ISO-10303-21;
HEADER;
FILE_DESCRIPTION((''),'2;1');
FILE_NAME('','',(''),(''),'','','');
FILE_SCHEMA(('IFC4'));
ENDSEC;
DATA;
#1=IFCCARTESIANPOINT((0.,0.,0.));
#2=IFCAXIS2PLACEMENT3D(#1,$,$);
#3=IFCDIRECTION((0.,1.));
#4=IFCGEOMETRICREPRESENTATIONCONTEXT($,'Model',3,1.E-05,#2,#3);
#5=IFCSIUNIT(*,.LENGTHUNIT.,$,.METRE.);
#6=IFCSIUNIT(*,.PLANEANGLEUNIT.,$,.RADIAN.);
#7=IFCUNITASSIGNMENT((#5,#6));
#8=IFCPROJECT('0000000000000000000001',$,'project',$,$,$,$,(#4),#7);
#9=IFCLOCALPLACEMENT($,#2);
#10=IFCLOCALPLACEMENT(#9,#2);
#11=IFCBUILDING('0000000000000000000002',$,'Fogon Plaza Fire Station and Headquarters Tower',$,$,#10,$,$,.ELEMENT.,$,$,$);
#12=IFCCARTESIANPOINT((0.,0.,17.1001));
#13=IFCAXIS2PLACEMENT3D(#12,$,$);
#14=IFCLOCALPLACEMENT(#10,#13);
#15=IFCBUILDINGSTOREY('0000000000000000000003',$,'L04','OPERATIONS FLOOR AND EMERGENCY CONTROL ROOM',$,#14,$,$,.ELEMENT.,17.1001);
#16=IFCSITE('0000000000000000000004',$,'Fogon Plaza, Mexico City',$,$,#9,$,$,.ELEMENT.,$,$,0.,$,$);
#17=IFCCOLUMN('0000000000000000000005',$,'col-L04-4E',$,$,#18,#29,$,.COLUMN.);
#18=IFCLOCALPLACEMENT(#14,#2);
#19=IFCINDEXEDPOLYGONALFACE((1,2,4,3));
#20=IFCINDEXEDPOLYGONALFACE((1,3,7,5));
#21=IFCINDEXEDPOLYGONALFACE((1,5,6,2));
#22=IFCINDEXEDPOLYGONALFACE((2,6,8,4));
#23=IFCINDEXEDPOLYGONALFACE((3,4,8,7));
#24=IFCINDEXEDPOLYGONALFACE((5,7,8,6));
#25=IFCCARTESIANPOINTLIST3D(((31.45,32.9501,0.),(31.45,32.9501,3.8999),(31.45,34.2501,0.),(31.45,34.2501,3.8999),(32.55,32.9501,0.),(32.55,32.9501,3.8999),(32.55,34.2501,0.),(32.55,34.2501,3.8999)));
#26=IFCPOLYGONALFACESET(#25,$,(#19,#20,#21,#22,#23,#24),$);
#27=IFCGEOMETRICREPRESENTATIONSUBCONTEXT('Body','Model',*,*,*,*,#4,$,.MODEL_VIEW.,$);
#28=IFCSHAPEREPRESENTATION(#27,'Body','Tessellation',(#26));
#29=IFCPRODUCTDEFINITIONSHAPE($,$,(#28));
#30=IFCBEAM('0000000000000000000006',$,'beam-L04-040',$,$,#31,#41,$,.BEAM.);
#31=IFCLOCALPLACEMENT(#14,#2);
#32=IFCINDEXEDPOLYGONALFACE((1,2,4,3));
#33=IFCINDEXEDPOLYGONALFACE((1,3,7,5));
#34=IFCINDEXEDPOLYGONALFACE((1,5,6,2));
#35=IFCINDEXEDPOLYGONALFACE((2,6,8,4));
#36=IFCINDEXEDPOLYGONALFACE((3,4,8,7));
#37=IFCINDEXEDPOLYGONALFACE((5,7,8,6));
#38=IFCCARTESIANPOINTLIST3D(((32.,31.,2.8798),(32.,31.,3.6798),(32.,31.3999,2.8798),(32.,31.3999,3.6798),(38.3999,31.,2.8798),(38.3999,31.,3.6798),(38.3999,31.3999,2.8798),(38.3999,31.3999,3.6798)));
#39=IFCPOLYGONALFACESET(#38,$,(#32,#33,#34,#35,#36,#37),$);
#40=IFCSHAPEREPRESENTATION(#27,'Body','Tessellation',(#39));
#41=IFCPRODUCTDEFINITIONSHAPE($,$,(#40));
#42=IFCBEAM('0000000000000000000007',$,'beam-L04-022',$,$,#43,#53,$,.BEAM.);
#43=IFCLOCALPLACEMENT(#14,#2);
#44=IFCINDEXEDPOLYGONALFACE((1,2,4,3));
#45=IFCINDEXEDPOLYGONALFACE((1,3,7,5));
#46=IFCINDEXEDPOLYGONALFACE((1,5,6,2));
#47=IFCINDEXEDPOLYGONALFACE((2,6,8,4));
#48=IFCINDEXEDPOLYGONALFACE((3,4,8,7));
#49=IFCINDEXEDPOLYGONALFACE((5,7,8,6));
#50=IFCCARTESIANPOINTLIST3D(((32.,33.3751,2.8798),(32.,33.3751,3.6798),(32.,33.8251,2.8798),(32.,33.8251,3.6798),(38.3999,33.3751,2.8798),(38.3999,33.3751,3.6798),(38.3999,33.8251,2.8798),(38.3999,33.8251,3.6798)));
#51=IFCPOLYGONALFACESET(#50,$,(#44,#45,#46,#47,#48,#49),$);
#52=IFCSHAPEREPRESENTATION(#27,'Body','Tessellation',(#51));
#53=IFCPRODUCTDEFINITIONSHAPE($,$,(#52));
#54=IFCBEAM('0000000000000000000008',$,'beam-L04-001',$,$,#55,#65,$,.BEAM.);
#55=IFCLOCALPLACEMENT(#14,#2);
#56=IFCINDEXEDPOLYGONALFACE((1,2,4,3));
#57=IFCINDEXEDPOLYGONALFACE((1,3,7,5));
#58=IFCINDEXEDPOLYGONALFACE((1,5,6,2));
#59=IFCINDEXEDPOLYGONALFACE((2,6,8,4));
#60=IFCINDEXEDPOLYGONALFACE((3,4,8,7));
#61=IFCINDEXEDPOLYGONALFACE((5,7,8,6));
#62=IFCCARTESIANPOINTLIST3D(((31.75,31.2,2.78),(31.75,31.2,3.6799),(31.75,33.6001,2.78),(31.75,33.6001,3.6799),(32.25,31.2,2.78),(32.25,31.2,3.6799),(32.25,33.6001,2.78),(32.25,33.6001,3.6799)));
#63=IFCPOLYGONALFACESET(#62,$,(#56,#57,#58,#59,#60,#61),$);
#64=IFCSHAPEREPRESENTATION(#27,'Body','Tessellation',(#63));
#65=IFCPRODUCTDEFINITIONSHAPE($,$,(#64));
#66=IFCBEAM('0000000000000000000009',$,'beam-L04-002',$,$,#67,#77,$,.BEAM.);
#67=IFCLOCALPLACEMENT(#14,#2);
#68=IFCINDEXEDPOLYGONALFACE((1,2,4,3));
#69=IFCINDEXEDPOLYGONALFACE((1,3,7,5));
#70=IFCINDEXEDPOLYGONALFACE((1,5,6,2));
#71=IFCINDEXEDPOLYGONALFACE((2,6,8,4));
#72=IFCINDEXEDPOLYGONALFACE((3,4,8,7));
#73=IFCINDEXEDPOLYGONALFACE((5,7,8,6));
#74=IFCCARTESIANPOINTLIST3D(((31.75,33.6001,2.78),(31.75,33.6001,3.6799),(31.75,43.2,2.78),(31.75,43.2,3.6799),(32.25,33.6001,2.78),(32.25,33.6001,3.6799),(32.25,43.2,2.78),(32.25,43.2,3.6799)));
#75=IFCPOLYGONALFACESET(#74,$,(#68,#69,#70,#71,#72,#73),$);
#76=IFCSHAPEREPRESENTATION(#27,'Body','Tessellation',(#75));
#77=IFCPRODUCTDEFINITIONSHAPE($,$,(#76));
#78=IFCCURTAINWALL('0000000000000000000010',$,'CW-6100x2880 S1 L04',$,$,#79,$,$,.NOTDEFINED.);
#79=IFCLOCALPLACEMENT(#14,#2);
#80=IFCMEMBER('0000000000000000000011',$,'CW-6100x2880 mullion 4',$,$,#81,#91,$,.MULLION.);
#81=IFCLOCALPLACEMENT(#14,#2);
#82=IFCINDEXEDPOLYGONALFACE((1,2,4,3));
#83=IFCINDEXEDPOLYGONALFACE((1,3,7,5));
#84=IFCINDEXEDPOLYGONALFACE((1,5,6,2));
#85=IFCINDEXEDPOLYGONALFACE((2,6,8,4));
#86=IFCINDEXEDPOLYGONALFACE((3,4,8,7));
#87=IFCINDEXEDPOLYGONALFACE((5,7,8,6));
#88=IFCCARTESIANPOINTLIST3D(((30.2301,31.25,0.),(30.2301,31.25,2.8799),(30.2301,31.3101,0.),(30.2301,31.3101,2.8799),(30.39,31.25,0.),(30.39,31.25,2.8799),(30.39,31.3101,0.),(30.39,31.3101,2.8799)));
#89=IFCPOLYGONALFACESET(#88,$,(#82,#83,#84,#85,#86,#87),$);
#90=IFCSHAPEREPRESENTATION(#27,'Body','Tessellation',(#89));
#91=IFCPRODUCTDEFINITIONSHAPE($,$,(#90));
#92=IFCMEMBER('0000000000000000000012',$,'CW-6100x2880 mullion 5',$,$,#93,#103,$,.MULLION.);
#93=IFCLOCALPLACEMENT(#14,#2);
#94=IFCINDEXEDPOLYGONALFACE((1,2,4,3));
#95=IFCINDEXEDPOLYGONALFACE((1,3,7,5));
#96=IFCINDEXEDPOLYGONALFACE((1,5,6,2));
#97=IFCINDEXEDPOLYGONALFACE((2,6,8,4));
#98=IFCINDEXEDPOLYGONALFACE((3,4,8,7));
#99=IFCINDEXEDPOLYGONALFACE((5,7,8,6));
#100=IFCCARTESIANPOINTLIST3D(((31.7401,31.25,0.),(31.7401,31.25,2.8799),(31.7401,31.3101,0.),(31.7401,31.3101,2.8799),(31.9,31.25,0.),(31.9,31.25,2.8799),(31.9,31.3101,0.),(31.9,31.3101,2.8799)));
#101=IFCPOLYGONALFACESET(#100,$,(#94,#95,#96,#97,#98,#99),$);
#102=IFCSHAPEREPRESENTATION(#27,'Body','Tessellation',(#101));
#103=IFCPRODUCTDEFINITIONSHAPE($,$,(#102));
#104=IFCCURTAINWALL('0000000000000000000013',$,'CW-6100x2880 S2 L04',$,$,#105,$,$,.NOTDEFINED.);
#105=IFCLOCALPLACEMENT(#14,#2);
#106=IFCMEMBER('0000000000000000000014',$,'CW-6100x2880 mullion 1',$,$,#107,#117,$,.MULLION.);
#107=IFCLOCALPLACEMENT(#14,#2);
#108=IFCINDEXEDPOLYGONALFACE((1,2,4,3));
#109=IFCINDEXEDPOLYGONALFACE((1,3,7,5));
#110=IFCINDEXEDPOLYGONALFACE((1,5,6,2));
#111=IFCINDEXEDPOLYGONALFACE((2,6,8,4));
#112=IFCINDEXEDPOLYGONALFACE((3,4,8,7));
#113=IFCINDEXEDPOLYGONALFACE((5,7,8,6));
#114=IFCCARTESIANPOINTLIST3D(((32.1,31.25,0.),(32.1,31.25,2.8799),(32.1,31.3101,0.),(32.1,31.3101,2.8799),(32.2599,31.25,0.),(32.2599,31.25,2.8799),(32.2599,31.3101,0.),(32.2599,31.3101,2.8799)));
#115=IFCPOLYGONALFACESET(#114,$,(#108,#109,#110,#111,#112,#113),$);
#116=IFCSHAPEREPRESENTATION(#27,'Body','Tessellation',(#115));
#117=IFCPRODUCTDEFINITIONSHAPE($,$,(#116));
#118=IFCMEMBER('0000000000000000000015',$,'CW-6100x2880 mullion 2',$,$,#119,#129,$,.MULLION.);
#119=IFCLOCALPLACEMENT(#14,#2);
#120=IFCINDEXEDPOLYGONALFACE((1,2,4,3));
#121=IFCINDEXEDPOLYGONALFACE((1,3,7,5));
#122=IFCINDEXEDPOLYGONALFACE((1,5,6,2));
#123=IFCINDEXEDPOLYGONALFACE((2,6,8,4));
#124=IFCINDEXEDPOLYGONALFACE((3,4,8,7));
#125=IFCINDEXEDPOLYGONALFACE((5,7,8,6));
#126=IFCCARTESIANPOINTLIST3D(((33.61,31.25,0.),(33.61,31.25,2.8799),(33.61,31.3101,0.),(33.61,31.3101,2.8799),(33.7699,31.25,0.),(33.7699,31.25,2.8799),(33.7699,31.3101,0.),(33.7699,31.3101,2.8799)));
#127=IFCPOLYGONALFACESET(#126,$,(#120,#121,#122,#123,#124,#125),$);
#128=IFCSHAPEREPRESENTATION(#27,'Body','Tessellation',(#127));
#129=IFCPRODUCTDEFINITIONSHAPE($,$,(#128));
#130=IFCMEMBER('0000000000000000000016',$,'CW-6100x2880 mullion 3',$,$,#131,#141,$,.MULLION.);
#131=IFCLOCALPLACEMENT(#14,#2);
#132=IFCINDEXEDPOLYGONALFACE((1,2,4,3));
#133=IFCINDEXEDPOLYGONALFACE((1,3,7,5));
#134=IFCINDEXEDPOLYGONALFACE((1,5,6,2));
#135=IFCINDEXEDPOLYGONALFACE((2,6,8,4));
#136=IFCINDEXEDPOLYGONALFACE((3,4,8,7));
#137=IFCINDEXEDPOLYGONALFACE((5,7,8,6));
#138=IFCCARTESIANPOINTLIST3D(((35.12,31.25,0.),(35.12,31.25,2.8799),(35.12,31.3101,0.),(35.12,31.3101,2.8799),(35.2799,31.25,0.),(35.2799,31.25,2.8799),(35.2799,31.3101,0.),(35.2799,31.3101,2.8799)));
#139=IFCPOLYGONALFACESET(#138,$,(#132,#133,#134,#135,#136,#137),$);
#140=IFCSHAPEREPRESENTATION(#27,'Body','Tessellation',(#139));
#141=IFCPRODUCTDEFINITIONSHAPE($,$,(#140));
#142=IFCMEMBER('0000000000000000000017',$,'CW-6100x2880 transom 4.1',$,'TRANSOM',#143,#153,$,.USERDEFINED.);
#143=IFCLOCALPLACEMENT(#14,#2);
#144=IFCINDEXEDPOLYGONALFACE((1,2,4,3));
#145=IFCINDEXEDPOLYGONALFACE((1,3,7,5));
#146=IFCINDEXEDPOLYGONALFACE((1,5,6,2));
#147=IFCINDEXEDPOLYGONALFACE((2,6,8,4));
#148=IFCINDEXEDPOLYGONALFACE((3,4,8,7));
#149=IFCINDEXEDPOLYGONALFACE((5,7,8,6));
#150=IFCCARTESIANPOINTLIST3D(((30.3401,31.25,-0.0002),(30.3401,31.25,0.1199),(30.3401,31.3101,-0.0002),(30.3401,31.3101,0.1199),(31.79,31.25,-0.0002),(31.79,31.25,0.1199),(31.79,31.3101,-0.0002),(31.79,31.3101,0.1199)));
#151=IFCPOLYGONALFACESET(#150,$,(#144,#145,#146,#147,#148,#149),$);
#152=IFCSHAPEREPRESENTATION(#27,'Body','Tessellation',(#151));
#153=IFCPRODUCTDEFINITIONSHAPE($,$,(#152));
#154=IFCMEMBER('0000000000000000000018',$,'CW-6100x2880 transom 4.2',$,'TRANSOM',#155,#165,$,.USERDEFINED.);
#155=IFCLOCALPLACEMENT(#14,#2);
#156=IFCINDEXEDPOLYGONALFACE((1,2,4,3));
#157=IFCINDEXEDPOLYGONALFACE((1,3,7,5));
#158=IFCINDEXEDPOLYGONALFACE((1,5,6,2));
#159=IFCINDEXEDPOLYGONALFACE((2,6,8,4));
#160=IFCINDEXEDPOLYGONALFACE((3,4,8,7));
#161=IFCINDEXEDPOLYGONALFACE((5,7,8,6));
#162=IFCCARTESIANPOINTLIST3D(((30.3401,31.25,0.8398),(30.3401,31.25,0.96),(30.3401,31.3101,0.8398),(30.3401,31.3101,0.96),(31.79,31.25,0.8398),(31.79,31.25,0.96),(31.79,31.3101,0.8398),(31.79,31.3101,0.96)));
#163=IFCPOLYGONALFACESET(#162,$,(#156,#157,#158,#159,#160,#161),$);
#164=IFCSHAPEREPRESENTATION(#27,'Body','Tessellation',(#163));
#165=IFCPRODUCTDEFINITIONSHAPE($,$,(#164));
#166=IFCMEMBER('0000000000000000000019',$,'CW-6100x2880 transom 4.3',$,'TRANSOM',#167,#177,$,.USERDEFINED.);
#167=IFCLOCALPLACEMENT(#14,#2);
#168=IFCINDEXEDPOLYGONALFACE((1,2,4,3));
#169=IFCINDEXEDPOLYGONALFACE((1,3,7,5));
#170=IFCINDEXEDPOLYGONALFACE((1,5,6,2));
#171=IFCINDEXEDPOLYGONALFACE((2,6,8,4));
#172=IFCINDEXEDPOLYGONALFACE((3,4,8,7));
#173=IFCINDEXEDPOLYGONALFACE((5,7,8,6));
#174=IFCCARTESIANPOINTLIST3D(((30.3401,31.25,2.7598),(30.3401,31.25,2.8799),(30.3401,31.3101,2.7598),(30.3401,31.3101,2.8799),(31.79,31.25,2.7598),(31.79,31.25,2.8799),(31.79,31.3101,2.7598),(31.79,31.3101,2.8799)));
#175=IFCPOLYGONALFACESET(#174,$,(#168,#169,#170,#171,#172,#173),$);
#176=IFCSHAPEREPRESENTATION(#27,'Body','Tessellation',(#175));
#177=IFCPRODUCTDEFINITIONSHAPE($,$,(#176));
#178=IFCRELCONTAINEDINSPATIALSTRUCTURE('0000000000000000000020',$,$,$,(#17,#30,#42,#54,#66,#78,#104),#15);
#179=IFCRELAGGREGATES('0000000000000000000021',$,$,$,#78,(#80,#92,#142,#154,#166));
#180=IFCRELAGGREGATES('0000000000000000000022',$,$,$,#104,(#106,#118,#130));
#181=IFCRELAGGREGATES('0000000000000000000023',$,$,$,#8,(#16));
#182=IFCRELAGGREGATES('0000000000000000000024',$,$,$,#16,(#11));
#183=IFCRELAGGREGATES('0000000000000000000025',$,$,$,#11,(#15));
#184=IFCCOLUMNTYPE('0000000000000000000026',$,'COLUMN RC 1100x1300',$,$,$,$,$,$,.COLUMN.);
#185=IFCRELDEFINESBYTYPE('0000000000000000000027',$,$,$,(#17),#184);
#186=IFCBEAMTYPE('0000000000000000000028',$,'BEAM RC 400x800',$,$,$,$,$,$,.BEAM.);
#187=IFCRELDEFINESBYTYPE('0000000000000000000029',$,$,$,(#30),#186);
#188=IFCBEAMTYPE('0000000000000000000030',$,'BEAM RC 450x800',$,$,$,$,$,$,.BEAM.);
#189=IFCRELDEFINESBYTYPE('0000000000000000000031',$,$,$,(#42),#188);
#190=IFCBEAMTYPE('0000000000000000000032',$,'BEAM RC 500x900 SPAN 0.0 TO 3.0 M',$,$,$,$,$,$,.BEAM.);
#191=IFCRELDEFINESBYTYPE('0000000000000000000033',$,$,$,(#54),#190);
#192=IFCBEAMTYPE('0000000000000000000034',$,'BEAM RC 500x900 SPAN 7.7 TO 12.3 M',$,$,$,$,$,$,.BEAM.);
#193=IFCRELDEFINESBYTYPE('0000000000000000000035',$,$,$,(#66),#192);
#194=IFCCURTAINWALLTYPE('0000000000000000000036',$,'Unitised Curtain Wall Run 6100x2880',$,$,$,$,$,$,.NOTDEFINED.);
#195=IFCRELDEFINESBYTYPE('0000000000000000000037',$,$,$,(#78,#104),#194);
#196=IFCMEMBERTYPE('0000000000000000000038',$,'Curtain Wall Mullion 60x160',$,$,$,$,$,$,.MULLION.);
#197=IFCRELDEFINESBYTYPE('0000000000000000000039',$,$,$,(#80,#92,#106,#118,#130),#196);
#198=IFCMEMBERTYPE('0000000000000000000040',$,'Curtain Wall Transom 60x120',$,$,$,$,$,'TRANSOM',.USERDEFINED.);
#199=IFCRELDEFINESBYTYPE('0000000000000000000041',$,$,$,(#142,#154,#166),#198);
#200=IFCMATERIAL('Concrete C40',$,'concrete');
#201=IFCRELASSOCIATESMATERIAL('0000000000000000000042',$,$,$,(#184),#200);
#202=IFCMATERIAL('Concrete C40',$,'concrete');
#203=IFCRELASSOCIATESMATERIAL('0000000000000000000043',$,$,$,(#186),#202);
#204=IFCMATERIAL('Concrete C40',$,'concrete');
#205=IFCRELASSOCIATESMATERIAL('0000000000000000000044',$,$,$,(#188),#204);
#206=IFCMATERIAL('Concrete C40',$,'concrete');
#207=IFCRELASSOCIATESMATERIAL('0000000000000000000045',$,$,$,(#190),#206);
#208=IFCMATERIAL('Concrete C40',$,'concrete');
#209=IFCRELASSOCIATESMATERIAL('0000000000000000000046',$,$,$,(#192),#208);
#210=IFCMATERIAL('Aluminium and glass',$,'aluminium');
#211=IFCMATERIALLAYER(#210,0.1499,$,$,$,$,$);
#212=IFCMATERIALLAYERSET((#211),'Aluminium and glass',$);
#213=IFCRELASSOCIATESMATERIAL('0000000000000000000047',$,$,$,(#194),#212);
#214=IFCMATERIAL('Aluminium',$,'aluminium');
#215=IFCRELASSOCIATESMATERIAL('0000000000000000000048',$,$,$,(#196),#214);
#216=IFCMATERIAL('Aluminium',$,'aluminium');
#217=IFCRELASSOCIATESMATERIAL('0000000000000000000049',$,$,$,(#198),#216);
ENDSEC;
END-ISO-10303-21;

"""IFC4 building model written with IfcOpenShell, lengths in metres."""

from ifc_helpers import new_model, si_unit, direction, frame, origin, origin_2d, place, context, subcontext, project, spatial, rectangle, extrude, material, layer, layer_set, material_profile, profile_set, type_object, element, aggregate, save


model = new_model("IFC4")

# Units and contexts
model_context = context("Model", 3, precision=1e-05, world=origin(), true_north=direction((0.0, 1.0)))
body_context = subcontext(model_context, "Body", "Model", "MODEL_VIEW")
ifc_project = project(units=[si_unit("LENGTHUNIT", "METRE"), si_unit("PLANEANGLEUNIT", "RADIAN")], contexts=[model_context])

# Site, building, storey
site_placement = place(None, origin())
site = spatial("IfcSite", under=ifc_project, at=site_placement, Name="Fogon Plaza, Mexico City", CompositionType="ELEMENT", RefElevation=0.0)
building_placement = place(site_placement, origin())
building = spatial("IfcBuilding", under=site, at=building_placement, Name="Fogon Plaza Fire Station and Headquarters Tower", CompositionType="ELEMENT")
storey_placement = place(building_placement, frame((0.0, 0.0, 17.1001)))
storey = spatial("IfcBuildingStorey", under=building, at=storey_placement, Name="L04", Description="OPERATIONS FLOOR AND EMERGENCY CONTROL ROOM", CompositionType="ELEMENT", Elevation=17.1001)

# Column
ifc_material_1 = material(Name="Concrete C40", Category="concrete")
ifc_material_profile_1 = material_profile(ifc_material_1, rectangle(XDim=1.1001, YDim=1.3, at=origin_2d()), Name="RC 1100x1300")
ifc_profile_set_1 = profile_set([ifc_material_profile_1], Name="Concrete C40")
column_type = type_object("IfcColumnType", Name="COLUMN RC 1100x1300", PredefinedType="COLUMN", material=ifc_profile_set_1)
column_placement = place(storey_placement, frame((32.0, 33.6001, 0.0), z_axis=(0.0, 0.0, 1.0), x_axis=(1.0, 0.0, 0.0)))
element("IfcColumn", 1, at=column_placement, inside=storey, type_object=column_type, Name="col-L04-4E", PredefinedType="COLUMN", context=body_context, shape_type="SweptSolid", body=[
    extrude(rectangle(XDim=1.1001, YDim=1.3, at=origin_2d()), origin(), (0.0, 0.0, 1.0), 3.8999),
])

# Beams
ifc_material_2 = material(Name="Concrete C40", Category="concrete")
ifc_material_profile_2 = material_profile(ifc_material_2, rectangle(XDim=0.3999, YDim=0.8, at=origin_2d()), Name="RC 400x800")
ifc_profile_set_2 = profile_set([ifc_material_profile_2], Name="Concrete C40")
beam_type_1 = type_object("IfcBeamType", Name="BEAM RC 400x800", PredefinedType="BEAM", material=ifc_profile_set_2)
beam_1_placement = place(storey_placement, frame((32.0, 31.2, 3.2798), z_axis=(1.0, 0.0, 0.0), x_axis=(0.0, 1.0, 0.0)))
element("IfcBeam", 2, at=beam_1_placement, inside=storey, type_object=beam_type_1, Name="beam-L04-040", PredefinedType="BEAM", context=body_context, shape_type="SweptSolid", body=[
    extrude(rectangle(XDim=0.3999, YDim=0.8, at=origin_2d()), origin(), (0.0, 0.0, 1.0), 6.3999),
])
ifc_material_3 = material(Name="Concrete C40", Category="concrete")
ifc_material_profile_3 = material_profile(ifc_material_3, rectangle(XDim=0.45, YDim=0.8, at=origin_2d()), Name="RC 450x800")
ifc_profile_set_3 = profile_set([ifc_material_profile_3], Name="Concrete C40")
beam_type_2 = type_object("IfcBeamType", Name="BEAM RC 450x800", PredefinedType="BEAM", material=ifc_profile_set_3)
beam_2_placement = place(storey_placement, frame((32.0, 33.6001, 3.2798), z_axis=(1.0, 0.0, 0.0), x_axis=(0.0, 1.0, 0.0)))
element("IfcBeam", 3, at=beam_2_placement, inside=storey, type_object=beam_type_2, Name="beam-L04-022", PredefinedType="BEAM", context=body_context, shape_type="SweptSolid", body=[
    extrude(rectangle(XDim=0.45, YDim=0.8, at=origin_2d()), origin(), (0.0, 0.0, 1.0), 6.3999),
])
ifc_material_4 = material(Name="Concrete C40", Category="concrete")
ifc_material_profile_4 = material_profile(ifc_material_4, rectangle(XDim=0.5, YDim=0.8999, at=origin_2d()), Name="RC 500x900")
ifc_profile_set_4 = profile_set([ifc_material_profile_4], Name="Concrete C40")
beam_type_3 = type_object("IfcBeamType", Name="BEAM RC 500x900 SPAN 0.0 TO 3.0 M", PredefinedType="BEAM", material=ifc_profile_set_4)
beam_3_placement = place(storey_placement, frame((32.0, 31.2, 3.23), z_axis=(0.0, 1.0, 0.0), x_axis=(-1.0, 0.0, 0.0)))
element("IfcBeam", 4, at=beam_3_placement, inside=storey, type_object=beam_type_3, Name="beam-L04-001", PredefinedType="BEAM", context=body_context, shape_type="SweptSolid", body=[
    extrude(rectangle(XDim=0.5, YDim=0.8999, at=origin_2d()), origin(), (0.0, 0.0, 1.0), 2.4001),
])
ifc_material_5 = material(Name="Concrete C40", Category="concrete")
ifc_material_profile_5 = material_profile(ifc_material_5, rectangle(XDim=0.5, YDim=0.8999, at=origin_2d()), Name="RC 500x900")
ifc_profile_set_5 = profile_set([ifc_material_profile_5], Name="Concrete C40")
beam_type_4 = type_object("IfcBeamType", Name="BEAM RC 500x900 SPAN 7.7 TO 12.3 M", PredefinedType="BEAM", material=ifc_profile_set_5)
beam_4_placement = place(storey_placement, frame((32.0, 33.6001, 3.23), z_axis=(0.0, 1.0, 0.0), x_axis=(-1.0, 0.0, 0.0)))
element("IfcBeam", 5, at=beam_4_placement, inside=storey, type_object=beam_type_4, Name="beam-L04-002", PredefinedType="BEAM", context=body_context, shape_type="SweptSolid", body=[
    extrude(rectangle(XDim=0.5, YDim=0.8999, at=origin_2d()), origin(), (0.0, 0.0, 1.0), 9.5999),
])

# Curtain walls, members
ifc_material_6 = material(Name="Aluminium and glass", Category="aluminium")
ifc_layer_1 = layer(ifc_material_6, 0.1499)
ifc_layer_set_1 = layer_set([ifc_layer_1], Name="Aluminium and glass")
curtain_wall_type = type_object("IfcCurtainWallType", Name="Unitised Curtain Wall Run 6100x2880", PredefinedType="NOTDEFINED", material=ifc_layer_set_1)
curtain_wall_1_placement = place(storey_placement, origin())
curtain_wall_1 = element("IfcCurtainWall", 6, at=curtain_wall_1_placement, inside=storey, type_object=curtain_wall_type, Name="CW-6100x2880 S1 L04", PredefinedType="NOTDEFINED")
ifc_material_7 = material(Name="Aluminium", Category="aluminium")
ifc_material_profile_6 = material_profile(ifc_material_7, rectangle(XDim=0.0601, YDim=0.1599, at=origin_2d()), Name="Curtain Wall Mullion 60x160")
ifc_profile_set_6 = profile_set([ifc_material_profile_6], Name="Aluminium")
member_type_1 = type_object("IfcMemberType", Name="Curtain Wall Mullion 60x160", PredefinedType="MULLION", material=ifc_profile_set_6)
member_1_placement = place(storey_placement, frame((30.3101, 31.28, 0.0), z_axis=(0.0, 0.0, 1.0), x_axis=(0.0, 1.0, 0.0)))
member_1 = element("IfcMember", 7, at=member_1_placement, type_object=member_type_1, Name="CW-6100x2880 mullion 4", PredefinedType="MULLION", context=body_context, shape_type="SweptSolid", body=[
    extrude(rectangle(XDim=0.0601, YDim=0.1599, at=origin_2d()), origin(), (0.0, 0.0, 1.0), 2.8799),
])
member_2_placement = place(storey_placement, frame((31.8201, 31.28, 0.0), z_axis=(0.0, 0.0, 1.0), x_axis=(0.0, 1.0, 0.0)))
member_2 = element("IfcMember", 8, at=member_2_placement, type_object=member_type_1, Name="CW-6100x2880 mullion 5", PredefinedType="MULLION", context=body_context, shape_type="SweptSolid", body=[
    extrude(rectangle(XDim=0.0601, YDim=0.1599, at=origin_2d()), origin(), (0.0, 0.0, 1.0), 2.8799),
])
curtain_wall_2_placement = place(storey_placement, origin())
curtain_wall_2 = element("IfcCurtainWall", 9, at=curtain_wall_2_placement, inside=storey, type_object=curtain_wall_type, Name="CW-6100x2880 S2 L04", PredefinedType="NOTDEFINED")
member_3_placement = place(storey_placement, frame((32.1799, 31.28, 0.0), z_axis=(0.0, 0.0, 1.0), x_axis=(0.0, 1.0, 0.0)))
member_3 = element("IfcMember", 10, at=member_3_placement, type_object=member_type_1, Name="CW-6100x2880 mullion 1", PredefinedType="MULLION", context=body_context, shape_type="SweptSolid", body=[
    extrude(rectangle(XDim=0.0601, YDim=0.1599, at=origin_2d()), origin(), (0.0, 0.0, 1.0), 2.8799),
])
member_4_placement = place(storey_placement, frame((33.6899, 31.28, 0.0), z_axis=(0.0, 0.0, 1.0), x_axis=(0.0, 1.0, 0.0)))
member_4 = element("IfcMember", 11, at=member_4_placement, type_object=member_type_1, Name="CW-6100x2880 mullion 2", PredefinedType="MULLION", context=body_context, shape_type="SweptSolid", body=[
    extrude(rectangle(XDim=0.0601, YDim=0.1599, at=origin_2d()), origin(), (0.0, 0.0, 1.0), 2.8799),
])
member_5_placement = place(storey_placement, frame((35.2, 31.28, 0.0), z_axis=(0.0, 0.0, 1.0), x_axis=(0.0, 1.0, 0.0)))
member_5 = element("IfcMember", 12, at=member_5_placement, type_object=member_type_1, Name="CW-6100x2880 mullion 3", PredefinedType="MULLION", context=body_context, shape_type="SweptSolid", body=[
    extrude(rectangle(XDim=0.0601, YDim=0.1599, at=origin_2d()), origin(), (0.0, 0.0, 1.0), 2.8799),
])

# Members
ifc_material_8 = material(Name="Aluminium", Category="aluminium")
ifc_material_profile_7 = material_profile(ifc_material_8, rectangle(XDim=0.0601, YDim=0.1201, at=origin_2d()), Name="Curtain Wall Transom 60x120")
ifc_profile_set_7 = profile_set([ifc_material_profile_7], Name="Aluminium")
member_type_2 = type_object("IfcMemberType", Name="Curtain Wall Transom 60x120", ElementType="TRANSOM", PredefinedType="USERDEFINED", material=ifc_profile_set_7)
member_6_placement = place(storey_placement, frame((30.3401, 31.28, 0.0598), z_axis=(1.0, 0.0, 0.0), x_axis=(0.0, 1.0, 0.0)))
member_6 = element("IfcMember", 13, at=member_6_placement, type_object=member_type_2, Name="CW-6100x2880 transom 4.1", ObjectType="TRANSOM", PredefinedType="USERDEFINED", context=body_context, shape_type="SweptSolid", body=[
    extrude(rectangle(XDim=0.0601, YDim=0.1201, at=origin_2d()), origin(), (0.0, 0.0, 1.0), 1.45),
])
member_7_placement = place(storey_placement, frame((30.3401, 31.28, 0.8999), z_axis=(1.0, 0.0, 0.0), x_axis=(0.0, 1.0, 0.0)))
member_7 = element("IfcMember", 14, at=member_7_placement, type_object=member_type_2, Name="CW-6100x2880 transom 4.2", ObjectType="TRANSOM", PredefinedType="USERDEFINED", context=body_context, shape_type="SweptSolid", body=[
    extrude(rectangle(XDim=0.0601, YDim=0.1201, at=origin_2d()), origin(), (0.0, 0.0, 1.0), 1.45),
])
member_8_placement = place(storey_placement, frame((30.3401, 31.28, 2.8198), z_axis=(1.0, 0.0, 0.0), x_axis=(0.0, 1.0, 0.0)))
member_8 = element("IfcMember", 15, at=member_8_placement, type_object=member_type_2, Name="CW-6100x2880 transom 4.3", ObjectType="TRANSOM", PredefinedType="USERDEFINED", context=body_context, shape_type="SweptSolid", body=[
    extrude(rectangle(XDim=0.0601, YDim=0.1201, at=origin_2d()), origin(), (0.0, 0.0, 1.0), 1.45),
])

aggregate(curtain_wall_1, [member_1, member_2, member_6, member_7, member_8])
aggregate(curtain_wall_2, [member_3, member_4, member_5])

save(model, "model.ifc")
